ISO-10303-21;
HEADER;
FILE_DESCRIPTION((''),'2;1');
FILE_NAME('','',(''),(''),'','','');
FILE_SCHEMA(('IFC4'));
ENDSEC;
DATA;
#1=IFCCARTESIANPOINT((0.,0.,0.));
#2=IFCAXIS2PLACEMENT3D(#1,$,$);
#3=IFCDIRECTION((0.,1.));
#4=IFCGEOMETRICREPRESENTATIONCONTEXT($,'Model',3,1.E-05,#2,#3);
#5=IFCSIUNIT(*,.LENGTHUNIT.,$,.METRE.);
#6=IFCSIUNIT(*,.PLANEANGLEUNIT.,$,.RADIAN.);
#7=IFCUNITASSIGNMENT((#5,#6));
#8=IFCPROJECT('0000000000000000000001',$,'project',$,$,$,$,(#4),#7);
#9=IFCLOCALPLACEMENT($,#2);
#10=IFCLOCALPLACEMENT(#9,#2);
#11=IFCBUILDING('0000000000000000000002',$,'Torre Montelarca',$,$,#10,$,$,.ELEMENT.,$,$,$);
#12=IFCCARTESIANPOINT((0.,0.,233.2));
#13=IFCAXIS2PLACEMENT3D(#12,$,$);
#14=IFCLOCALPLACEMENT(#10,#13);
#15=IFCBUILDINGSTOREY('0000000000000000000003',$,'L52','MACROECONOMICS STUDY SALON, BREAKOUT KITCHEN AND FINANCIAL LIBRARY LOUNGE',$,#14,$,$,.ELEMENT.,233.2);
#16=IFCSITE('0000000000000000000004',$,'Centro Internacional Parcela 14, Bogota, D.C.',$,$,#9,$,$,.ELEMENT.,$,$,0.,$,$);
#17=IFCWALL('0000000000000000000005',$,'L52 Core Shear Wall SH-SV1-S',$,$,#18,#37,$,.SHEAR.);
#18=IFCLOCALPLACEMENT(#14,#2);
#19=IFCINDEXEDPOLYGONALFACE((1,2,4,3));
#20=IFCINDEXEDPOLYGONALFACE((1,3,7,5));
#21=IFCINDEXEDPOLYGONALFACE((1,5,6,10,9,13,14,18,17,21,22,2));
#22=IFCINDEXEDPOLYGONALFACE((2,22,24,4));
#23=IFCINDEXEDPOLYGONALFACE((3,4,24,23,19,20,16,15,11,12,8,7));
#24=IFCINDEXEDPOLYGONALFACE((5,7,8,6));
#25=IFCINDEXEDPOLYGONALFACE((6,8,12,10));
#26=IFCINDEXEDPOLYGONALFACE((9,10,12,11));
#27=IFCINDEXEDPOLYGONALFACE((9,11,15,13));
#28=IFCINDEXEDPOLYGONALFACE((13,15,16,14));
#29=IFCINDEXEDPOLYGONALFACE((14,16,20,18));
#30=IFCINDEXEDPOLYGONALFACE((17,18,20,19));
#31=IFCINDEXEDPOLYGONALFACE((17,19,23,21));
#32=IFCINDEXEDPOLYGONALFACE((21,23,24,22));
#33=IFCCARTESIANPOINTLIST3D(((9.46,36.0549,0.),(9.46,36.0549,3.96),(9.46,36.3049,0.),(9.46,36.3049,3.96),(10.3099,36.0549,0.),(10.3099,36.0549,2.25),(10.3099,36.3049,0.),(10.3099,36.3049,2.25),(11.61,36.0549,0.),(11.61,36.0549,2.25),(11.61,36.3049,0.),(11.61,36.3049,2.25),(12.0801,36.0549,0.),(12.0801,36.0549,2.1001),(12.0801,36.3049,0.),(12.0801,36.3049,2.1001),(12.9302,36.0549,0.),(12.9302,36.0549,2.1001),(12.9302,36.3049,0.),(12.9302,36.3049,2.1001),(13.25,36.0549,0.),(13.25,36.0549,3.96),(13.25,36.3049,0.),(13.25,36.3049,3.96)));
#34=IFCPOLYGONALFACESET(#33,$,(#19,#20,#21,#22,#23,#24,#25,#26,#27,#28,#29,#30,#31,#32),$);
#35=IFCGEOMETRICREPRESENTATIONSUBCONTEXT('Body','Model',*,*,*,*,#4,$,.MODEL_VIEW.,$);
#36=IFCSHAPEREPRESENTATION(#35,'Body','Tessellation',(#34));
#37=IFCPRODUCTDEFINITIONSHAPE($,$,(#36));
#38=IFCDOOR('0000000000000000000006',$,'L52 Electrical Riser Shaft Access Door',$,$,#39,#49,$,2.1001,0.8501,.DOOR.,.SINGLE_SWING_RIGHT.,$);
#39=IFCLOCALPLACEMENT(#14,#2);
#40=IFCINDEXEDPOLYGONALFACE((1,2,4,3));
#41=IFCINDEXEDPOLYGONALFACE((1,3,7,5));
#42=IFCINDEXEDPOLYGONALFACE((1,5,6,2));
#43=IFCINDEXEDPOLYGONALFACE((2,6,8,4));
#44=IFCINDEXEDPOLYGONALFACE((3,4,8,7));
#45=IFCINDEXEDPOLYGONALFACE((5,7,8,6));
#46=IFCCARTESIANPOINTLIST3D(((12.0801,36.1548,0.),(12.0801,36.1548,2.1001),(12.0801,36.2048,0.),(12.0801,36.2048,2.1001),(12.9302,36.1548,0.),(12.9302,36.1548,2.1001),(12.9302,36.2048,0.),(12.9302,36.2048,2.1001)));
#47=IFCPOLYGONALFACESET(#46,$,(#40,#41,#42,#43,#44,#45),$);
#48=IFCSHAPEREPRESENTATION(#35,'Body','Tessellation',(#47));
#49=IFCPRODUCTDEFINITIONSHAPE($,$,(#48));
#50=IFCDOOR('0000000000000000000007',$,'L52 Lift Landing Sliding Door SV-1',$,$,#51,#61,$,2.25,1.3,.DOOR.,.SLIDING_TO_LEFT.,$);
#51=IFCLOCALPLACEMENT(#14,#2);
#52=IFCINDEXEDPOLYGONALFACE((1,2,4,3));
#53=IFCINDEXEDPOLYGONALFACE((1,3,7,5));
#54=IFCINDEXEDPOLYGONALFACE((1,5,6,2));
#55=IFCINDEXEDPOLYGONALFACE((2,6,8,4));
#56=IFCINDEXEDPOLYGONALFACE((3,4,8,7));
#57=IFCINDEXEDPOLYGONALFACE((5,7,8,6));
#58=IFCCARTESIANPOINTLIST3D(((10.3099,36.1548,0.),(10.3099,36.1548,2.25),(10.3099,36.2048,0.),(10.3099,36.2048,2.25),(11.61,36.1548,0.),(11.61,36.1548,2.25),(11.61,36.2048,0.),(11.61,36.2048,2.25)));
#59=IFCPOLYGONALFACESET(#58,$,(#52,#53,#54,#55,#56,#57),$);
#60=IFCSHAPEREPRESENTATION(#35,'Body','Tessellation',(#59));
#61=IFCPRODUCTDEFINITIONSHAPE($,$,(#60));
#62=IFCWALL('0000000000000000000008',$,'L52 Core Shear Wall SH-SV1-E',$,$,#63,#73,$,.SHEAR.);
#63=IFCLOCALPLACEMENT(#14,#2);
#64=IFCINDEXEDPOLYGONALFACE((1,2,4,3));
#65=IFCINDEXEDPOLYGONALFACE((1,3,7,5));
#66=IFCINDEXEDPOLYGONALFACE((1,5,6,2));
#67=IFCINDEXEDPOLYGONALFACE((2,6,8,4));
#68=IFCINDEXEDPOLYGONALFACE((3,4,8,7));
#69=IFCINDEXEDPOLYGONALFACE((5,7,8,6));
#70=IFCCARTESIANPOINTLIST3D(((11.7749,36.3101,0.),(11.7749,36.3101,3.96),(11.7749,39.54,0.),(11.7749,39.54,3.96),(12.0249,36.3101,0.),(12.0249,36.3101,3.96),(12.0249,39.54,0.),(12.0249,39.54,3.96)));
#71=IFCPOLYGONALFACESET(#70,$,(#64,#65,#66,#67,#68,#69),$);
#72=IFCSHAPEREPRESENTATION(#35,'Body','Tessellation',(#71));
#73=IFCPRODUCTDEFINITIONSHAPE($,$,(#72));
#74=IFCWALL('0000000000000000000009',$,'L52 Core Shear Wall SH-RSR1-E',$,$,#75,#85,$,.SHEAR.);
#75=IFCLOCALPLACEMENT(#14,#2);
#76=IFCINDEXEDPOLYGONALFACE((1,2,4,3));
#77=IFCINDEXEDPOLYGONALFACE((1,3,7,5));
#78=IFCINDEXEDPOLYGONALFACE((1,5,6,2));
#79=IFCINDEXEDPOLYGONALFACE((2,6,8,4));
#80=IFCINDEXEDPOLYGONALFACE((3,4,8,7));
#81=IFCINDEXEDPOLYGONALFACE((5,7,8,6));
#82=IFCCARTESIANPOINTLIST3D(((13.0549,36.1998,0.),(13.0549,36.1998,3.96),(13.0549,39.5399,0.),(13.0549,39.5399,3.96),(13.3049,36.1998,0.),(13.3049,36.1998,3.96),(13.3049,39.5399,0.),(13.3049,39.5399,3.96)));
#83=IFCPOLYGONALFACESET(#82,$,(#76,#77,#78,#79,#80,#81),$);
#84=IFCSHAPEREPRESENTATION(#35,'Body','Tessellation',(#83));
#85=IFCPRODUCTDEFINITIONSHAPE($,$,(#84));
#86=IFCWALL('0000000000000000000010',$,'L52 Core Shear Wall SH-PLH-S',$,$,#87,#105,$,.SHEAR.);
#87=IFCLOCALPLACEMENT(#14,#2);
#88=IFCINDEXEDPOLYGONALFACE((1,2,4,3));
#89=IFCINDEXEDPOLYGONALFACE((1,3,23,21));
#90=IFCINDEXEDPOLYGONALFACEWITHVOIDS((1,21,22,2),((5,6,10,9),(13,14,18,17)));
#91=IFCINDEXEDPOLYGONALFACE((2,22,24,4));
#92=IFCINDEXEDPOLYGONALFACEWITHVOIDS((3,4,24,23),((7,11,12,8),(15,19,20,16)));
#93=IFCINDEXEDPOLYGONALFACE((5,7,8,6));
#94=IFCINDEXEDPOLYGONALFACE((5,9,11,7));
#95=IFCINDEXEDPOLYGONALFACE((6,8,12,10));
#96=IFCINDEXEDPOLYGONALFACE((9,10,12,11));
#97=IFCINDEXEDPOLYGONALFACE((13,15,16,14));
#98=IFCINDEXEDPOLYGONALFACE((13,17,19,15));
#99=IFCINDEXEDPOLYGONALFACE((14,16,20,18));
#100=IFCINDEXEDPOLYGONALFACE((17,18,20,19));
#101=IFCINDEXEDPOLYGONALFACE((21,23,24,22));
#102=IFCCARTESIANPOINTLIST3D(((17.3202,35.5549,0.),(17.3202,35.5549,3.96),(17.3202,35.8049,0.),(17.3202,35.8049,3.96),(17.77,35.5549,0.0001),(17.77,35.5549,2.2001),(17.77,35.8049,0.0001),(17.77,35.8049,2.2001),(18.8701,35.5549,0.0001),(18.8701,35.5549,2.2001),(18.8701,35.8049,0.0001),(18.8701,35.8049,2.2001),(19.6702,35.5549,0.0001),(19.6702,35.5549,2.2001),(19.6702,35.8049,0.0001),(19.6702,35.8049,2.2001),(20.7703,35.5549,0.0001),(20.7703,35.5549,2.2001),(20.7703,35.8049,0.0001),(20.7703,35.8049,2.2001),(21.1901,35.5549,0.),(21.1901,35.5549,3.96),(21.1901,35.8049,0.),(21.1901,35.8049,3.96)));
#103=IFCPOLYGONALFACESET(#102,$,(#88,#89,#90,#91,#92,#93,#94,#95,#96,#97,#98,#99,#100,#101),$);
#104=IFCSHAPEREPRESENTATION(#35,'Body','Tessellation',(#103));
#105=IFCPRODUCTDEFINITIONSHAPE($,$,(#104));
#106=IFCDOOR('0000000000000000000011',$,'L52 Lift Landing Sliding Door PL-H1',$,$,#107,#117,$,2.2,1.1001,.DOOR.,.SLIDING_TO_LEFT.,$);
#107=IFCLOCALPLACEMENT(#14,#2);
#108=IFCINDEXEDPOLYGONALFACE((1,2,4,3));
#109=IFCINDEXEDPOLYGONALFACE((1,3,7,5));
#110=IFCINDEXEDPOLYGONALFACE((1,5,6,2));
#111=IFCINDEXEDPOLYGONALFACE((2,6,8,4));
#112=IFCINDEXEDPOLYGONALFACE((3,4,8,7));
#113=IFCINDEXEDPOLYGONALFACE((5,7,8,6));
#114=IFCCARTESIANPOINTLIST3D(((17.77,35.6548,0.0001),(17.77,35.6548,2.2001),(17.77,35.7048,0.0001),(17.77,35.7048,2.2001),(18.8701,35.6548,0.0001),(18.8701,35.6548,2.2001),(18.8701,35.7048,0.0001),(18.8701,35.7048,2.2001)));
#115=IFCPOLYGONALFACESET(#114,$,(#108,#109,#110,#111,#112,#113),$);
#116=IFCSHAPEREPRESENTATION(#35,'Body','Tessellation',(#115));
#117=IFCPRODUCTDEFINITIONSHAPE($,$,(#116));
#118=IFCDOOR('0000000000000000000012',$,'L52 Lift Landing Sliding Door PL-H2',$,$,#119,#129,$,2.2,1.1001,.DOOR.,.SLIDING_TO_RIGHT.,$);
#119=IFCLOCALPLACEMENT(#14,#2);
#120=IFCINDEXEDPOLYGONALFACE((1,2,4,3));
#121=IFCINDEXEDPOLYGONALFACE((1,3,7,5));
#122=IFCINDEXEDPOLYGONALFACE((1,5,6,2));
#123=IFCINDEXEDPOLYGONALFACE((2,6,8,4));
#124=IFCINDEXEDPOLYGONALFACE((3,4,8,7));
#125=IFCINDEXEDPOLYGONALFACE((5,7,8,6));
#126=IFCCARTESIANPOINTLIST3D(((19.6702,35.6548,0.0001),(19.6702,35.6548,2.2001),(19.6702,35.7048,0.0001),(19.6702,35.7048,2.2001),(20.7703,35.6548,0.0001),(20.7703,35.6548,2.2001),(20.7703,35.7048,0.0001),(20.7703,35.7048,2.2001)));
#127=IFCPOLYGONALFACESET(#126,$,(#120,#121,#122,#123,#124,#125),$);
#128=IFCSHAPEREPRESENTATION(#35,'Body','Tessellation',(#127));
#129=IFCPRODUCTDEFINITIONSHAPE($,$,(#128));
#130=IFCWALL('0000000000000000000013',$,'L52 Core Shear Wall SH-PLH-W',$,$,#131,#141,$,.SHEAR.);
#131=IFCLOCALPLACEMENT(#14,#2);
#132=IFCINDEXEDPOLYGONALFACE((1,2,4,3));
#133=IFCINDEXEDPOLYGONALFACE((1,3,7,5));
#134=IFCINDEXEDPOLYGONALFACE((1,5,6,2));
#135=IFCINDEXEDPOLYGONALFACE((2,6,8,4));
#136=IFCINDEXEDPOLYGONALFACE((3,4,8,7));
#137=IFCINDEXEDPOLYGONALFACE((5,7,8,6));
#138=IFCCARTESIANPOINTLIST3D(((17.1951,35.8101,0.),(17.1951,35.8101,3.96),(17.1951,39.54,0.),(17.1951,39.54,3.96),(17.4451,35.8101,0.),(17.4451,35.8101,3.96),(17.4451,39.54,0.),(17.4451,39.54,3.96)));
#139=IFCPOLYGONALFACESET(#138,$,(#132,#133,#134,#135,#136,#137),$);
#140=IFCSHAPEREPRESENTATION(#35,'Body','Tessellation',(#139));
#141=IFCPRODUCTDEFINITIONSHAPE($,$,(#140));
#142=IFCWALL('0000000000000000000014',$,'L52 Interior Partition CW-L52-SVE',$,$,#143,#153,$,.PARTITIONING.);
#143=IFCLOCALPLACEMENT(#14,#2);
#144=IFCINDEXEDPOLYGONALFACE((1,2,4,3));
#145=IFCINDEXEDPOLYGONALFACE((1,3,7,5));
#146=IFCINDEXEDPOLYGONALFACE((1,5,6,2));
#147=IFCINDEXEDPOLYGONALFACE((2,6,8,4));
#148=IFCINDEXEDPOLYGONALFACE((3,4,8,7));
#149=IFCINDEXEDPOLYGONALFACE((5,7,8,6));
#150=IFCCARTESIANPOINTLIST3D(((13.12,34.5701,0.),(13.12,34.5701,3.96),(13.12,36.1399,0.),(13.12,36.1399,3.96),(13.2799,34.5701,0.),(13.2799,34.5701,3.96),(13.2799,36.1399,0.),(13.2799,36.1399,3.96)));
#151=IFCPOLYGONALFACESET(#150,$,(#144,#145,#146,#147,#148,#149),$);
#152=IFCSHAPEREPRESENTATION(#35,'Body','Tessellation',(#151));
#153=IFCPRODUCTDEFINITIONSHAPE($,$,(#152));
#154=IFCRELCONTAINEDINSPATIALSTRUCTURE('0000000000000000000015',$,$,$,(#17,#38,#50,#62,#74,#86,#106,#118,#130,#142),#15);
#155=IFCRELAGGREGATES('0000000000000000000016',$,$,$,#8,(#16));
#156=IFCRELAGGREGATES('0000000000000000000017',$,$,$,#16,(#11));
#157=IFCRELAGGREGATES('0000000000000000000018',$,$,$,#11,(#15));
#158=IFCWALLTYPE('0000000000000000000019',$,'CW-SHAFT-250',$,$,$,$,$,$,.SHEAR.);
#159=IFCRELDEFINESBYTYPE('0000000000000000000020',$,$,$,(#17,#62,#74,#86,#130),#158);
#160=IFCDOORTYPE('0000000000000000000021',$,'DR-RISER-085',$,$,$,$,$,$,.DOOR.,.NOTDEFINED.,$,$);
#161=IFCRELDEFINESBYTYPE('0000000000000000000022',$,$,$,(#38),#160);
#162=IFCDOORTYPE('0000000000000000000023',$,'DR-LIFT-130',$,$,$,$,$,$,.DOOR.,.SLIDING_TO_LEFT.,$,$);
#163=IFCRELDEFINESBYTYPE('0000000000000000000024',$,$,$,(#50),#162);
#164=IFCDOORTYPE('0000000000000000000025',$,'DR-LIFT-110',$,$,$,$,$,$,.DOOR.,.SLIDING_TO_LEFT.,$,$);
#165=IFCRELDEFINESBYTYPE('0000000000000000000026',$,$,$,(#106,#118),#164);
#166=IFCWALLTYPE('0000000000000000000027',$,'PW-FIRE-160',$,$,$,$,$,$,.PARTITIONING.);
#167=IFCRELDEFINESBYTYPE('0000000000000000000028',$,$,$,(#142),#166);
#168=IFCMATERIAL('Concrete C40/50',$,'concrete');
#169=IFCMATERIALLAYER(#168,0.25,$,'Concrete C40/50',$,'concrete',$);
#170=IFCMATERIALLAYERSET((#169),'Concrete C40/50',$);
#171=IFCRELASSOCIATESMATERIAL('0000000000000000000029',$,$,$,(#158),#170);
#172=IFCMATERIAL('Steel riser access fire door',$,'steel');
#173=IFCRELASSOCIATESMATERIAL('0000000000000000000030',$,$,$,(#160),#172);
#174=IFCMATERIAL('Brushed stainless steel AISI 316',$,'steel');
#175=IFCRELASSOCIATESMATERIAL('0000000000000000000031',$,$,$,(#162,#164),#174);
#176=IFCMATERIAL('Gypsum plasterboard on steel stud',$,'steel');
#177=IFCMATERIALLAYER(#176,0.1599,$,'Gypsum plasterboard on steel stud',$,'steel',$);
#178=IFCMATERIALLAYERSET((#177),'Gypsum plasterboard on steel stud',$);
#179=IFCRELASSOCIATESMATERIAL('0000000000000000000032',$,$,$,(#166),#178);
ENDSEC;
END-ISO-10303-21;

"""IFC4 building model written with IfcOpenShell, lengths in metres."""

from ifc_helpers import new_model, si_unit, direction, frame, frame_2d, origin, place, context, subcontext, project, spatial, rectangle, extrude, source, transform, mapped, material, layer, layer_set, type_object, element, fill, save


model = new_model("IFC4")

# Units and contexts
model_context = context("Model", 3, precision=1e-05, world=origin(), true_north=direction((0.0, 1.0)))
body_context = subcontext(model_context, "Body", "Model", "MODEL_VIEW")
ifc_project = project(units=[si_unit("LENGTHUNIT", "METRE"), si_unit("PLANEANGLEUNIT", "RADIAN")], contexts=[model_context])

# Site, building, storey
site_placement = place(None, origin())
site = spatial("IfcSite", under=ifc_project, at=site_placement, Name="Centro Internacional Parcela 14, Bogota, D.C.", CompositionType="ELEMENT", RefElevation=0.0)
building_placement = place(site_placement, origin())
building = spatial("IfcBuilding", under=site, at=building_placement, Name="Torre Montelarca", CompositionType="ELEMENT")
storey_placement = place(building_placement, frame((0.0, 0.0, 233.2)))
storey = spatial("IfcBuildingStorey", under=building, at=storey_placement, Name="L52", Description="MACROECONOMICS STUDY SALON, BREAKOUT KITCHEN AND FINANCIAL LIBRARY LOUNGE", CompositionType="ELEMENT", Elevation=233.2)

# Shared definitions
ifc_material_1 = material(Name="Concrete C40/50", Category="concrete")
ifc_layer_1 = layer(ifc_material_1, 0.25, Name="Concrete C40/50", Category="concrete")
ifc_layer_set_1 = layer_set([ifc_layer_1], Name="Concrete C40/50")
wall_type_1 = type_object("IfcWallType", Name="CW-SHAFT-250", PredefinedType="SHEAR", material=ifc_layer_set_1)

# Wall, openings, doors
wall_1_placement = place(storey_placement, frame((9.46, 36.1799, 0.0), z_axis=(0.0, 0.0, 1.0), x_axis=(1.0, 0.0, 0.0)))
wall_1 = element("IfcWall", 1, at=wall_1_placement, inside=storey, type_object=wall_type_1, Name="L52 Core Shear Wall SH-SV1-S", PredefinedType="SHEAR", context=body_context, shape_type="SweptSolid", body=[
    extrude(rectangle(XDim=3.79, YDim=0.25, at=frame_2d((1.895, 0.0))), origin(), (0.0, 0.0, 1.0), 3.96),
])
opening_1_placement = place(wall_1_placement, frame((2.6201, 0.0, 0.0)))
opening_1 = element("IfcOpeningElement", 2, at=opening_1_placement, cuts=wall_1, PredefinedType="OPENING", context=body_context, shape_type="SweptSolid", body=[
    extrude(rectangle(XDim=0.8501, YDim=2.1001, at=frame_2d((0.425, 1.05))), frame((0.0, 0.135, 0.0), z_axis=(0.0, -1.0, 0.0), x_axis=(1.0, 0.0, 0.0)), (0.0, 0.0, 1.0), 0.27),
])
opening_2_placement = place(wall_1_placement, frame((0.8501, 0.0, 0.0)))
opening_2 = element("IfcOpeningElement", 3, at=opening_2_placement, cuts=wall_1, PredefinedType="OPENING", context=body_context, shape_type="SweptSolid", body=[
    extrude(rectangle(XDim=1.3, YDim=2.25, at=frame_2d((0.6499, 1.125))), frame((0.0, 0.135, 0.0), z_axis=(0.0, -1.0, 0.0), x_axis=(1.0, 0.0, 0.0)), (0.0, 0.0, 1.0), 0.27),
])
ifc_material_2 = material(Name="Steel riser access fire door", Category="steel")
door_type_1 = type_object("IfcDoorType", Name="DR-RISER-085", OperationType="NOTDEFINED", PredefinedType="DOOR", material=ifc_material_2)
shared_shape_1 = source(origin(), body_context, "Body", "SweptSolid", [
    extrude(rectangle(XDim=0.8501, YDim=2.1001, at=frame_2d((0.425, 1.05))), frame((0.0, 0.0249, 0.0), z_axis=(0.0, -1.0, 0.0), x_axis=(1.0, 0.0, 0.0)), (0.0, 0.0, 1.0), 0.05),
])
door_1_placement = place(opening_1_placement, origin())
door_1 = element("IfcDoor", 4, at=door_1_placement, inside=storey, type_object=door_type_1, Name="L52 Electrical Riser Shaft Access Door", OperationType="SINGLE_SWING_RIGHT", OverallHeight=2.1001, OverallWidth=0.8501, PredefinedType="DOOR", context=body_context, shape_type="MappedRepresentation", body=[
    mapped(shared_shape_1, transform((0.0, 0.0, 0.0), scale=1.0)),
])
fill(opening_1, door_1)
ifc_material_3 = material(Name="Brushed stainless steel AISI 316", Category="steel")
door_type_2 = type_object("IfcDoorType", Name="DR-LIFT-130", OperationType="SLIDING_TO_LEFT", PredefinedType="DOOR", material=ifc_material_3)
shared_shape_2 = source(origin(), body_context, "Body", "SweptSolid", [
    extrude(rectangle(XDim=1.3, YDim=2.25, at=frame_2d((0.6499, 1.125))), frame((0.0, 0.0249, 0.0), z_axis=(0.0, -1.0, 0.0), x_axis=(1.0, 0.0, 0.0)), (0.0, 0.0, 1.0), 0.05),
])
door_2_placement = place(opening_2_placement, origin())
door_2 = element("IfcDoor", 5, at=door_2_placement, inside=storey, type_object=door_type_2, Name="L52 Lift Landing Sliding Door SV-1", OperationType="SLIDING_TO_LEFT", OverallHeight=2.25, OverallWidth=1.3, PredefinedType="DOOR", context=body_context, shape_type="MappedRepresentation", body=[
    mapped(shared_shape_2, transform((0.0, 0.0, 0.0), scale=1.0)),
])
fill(opening_2, door_2)

# Walls
wall_2_placement = place(storey_placement, frame((11.8999, 36.3101, 0.0), z_axis=(0.0, 0.0, 1.0), x_axis=(0.0, 1.0, 0.0)))
element("IfcWall", 6, at=wall_2_placement, inside=storey, type_object=wall_type_1, Name="L52 Core Shear Wall SH-SV1-E", PredefinedType="SHEAR", context=body_context, shape_type="SweptSolid", body=[
    extrude(rectangle(XDim=3.23, YDim=0.25, at=frame_2d((1.615, 0.0))), origin(), (0.0, 0.0, 1.0), 3.96),
])
wall_3_placement = place(storey_placement, frame((13.1799, 36.2, 0.0), z_axis=(0.0, 0.0, 1.0), x_axis=(0.0, 1.0, 0.0)))
element("IfcWall", 7, at=wall_3_placement, inside=storey, type_object=wall_type_1, Name="L52 Core Shear Wall SH-RSR1-E", PredefinedType="SHEAR", context=body_context, shape_type="SweptSolid", body=[
    extrude(rectangle(XDim=3.3401, YDim=0.25, at=frame_2d((1.6699, 0.0))), origin(), (0.0, 0.0, 1.0), 3.96),
])

# Wall, openings, doors
wall_4_placement = place(storey_placement, frame((17.3201, 35.6799, 0.0), z_axis=(0.0, 0.0, 1.0), x_axis=(1.0, 0.0, 0.0)))
wall_4 = element("IfcWall", 8, at=wall_4_placement, inside=storey, type_object=wall_type_1, Name="L52 Core Shear Wall SH-PLH-S", PredefinedType="SHEAR", context=body_context, shape_type="SweptSolid", body=[
    extrude(rectangle(XDim=3.8699, YDim=0.25, at=frame_2d((1.9351, 0.0))), origin(), (0.0, 0.0, 1.0), 3.96),
])
opening_3_placement = place(wall_4_placement, frame((0.45, 0.0, 0.0)))
opening_3 = element("IfcOpeningElement", 9, at=opening_3_placement, cuts=wall_4, PredefinedType="OPENING", context=body_context, shape_type="SweptSolid", body=[
    extrude(rectangle(XDim=1.1001, YDim=2.2, at=frame_2d((0.55, 1.1001))), frame((0.0, 0.135, 0.0), z_axis=(0.0, -1.0, 0.0), x_axis=(1.0, 0.0, 0.0)), (0.0, 0.0, 1.0), 0.27),
])
opening_4_placement = place(wall_4_placement, frame((2.3501, 0.0, 0.0)))
opening_4 = element("IfcOpeningElement", 10, at=opening_4_placement, cuts=wall_4, PredefinedType="OPENING", context=body_context, shape_type="SweptSolid", body=[
    extrude(rectangle(XDim=1.1001, YDim=2.2, at=frame_2d((0.55, 1.1001))), frame((0.0, 0.135, 0.0), z_axis=(0.0, -1.0, 0.0), x_axis=(1.0, 0.0, 0.0)), (0.0, 0.0, 1.0), 0.27),
])
door_type_3 = type_object("IfcDoorType", Name="DR-LIFT-110", OperationType="SLIDING_TO_LEFT", PredefinedType="DOOR", material=ifc_material_3)
shared_shape_3 = source(origin(), body_context, "Body", "SweptSolid", [
    extrude(rectangle(XDim=1.1001, YDim=2.2, at=frame_2d((0.55, 1.1001))), frame((0.0, 0.0249, 0.0), z_axis=(0.0, -1.0, 0.0), x_axis=(1.0, 0.0, 0.0)), (0.0, 0.0, 1.0), 0.05),
])
door_3_placement = place(opening_3_placement, origin())
door_3 = element("IfcDoor", 11, at=door_3_placement, inside=storey, type_object=door_type_3, Name="L52 Lift Landing Sliding Door PL-H1", OperationType="SLIDING_TO_LEFT", OverallHeight=2.2, OverallWidth=1.1001, PredefinedType="DOOR", context=body_context, shape_type="MappedRepresentation", body=[
    mapped(shared_shape_3, transform((0.0, 0.0, 0.0), scale=1.0)),
])
fill(opening_3, door_3)
door_4_placement = place(opening_4_placement, origin())
door_4 = element("IfcDoor", 12, at=door_4_placement, inside=storey, type_object=door_type_3, Name="L52 Lift Landing Sliding Door PL-H2", OperationType="SLIDING_TO_RIGHT", OverallHeight=2.2, OverallWidth=1.1001, PredefinedType="DOOR", context=body_context, shape_type="MappedRepresentation", body=[
    mapped(shared_shape_3, transform((0.0, 0.0, 0.0), scale=1.0)),
])
fill(opening_4, door_4)

# Wall
wall_5_placement = place(storey_placement, frame((17.3201, 35.8101, 0.0), z_axis=(0.0, 0.0, 1.0), x_axis=(0.0, 1.0, 0.0)))
element("IfcWall", 13, at=wall_5_placement, inside=storey, type_object=wall_type_1, Name="L52 Core Shear Wall SH-PLH-W", PredefinedType="SHEAR", context=body_context, shape_type="SweptSolid", body=[
    extrude(rectangle(XDim=3.73, YDim=0.25, at=frame_2d((1.865, 0.0))), origin(), (0.0, 0.0, 1.0), 3.96),
])

# Shared definitions
ifc_material_4 = material(Name="Gypsum plasterboard on steel stud", Category="steel")
ifc_layer_2 = layer(ifc_material_4, 0.1599, Name="Gypsum plasterboard on steel stud", Category="steel")
ifc_layer_set_2 = layer_set([ifc_layer_2], Name="Gypsum plasterboard on steel stud")
wall_type_2 = type_object("IfcWallType", Name="PW-FIRE-160", PredefinedType="PARTITIONING", material=ifc_layer_set_2)

# Wall
wall_6_placement = place(storey_placement, frame((13.2, 34.5701, 0.0), z_axis=(0.0, 0.0, 1.0), x_axis=(0.0, 1.0, 0.0)))
element("IfcWall", 14, at=wall_6_placement, inside=storey, type_object=wall_type_2, Name="L52 Interior Partition CW-L52-SVE", PredefinedType="PARTITIONING", context=body_context, shape_type="SweptSolid", body=[
    extrude(rectangle(XDim=1.5698, YDim=0.1599, at=frame_2d((0.7849, 0.0))), origin(), (0.0, 0.0, 1.0), 3.96),
])

save(model, "model.ifc")
